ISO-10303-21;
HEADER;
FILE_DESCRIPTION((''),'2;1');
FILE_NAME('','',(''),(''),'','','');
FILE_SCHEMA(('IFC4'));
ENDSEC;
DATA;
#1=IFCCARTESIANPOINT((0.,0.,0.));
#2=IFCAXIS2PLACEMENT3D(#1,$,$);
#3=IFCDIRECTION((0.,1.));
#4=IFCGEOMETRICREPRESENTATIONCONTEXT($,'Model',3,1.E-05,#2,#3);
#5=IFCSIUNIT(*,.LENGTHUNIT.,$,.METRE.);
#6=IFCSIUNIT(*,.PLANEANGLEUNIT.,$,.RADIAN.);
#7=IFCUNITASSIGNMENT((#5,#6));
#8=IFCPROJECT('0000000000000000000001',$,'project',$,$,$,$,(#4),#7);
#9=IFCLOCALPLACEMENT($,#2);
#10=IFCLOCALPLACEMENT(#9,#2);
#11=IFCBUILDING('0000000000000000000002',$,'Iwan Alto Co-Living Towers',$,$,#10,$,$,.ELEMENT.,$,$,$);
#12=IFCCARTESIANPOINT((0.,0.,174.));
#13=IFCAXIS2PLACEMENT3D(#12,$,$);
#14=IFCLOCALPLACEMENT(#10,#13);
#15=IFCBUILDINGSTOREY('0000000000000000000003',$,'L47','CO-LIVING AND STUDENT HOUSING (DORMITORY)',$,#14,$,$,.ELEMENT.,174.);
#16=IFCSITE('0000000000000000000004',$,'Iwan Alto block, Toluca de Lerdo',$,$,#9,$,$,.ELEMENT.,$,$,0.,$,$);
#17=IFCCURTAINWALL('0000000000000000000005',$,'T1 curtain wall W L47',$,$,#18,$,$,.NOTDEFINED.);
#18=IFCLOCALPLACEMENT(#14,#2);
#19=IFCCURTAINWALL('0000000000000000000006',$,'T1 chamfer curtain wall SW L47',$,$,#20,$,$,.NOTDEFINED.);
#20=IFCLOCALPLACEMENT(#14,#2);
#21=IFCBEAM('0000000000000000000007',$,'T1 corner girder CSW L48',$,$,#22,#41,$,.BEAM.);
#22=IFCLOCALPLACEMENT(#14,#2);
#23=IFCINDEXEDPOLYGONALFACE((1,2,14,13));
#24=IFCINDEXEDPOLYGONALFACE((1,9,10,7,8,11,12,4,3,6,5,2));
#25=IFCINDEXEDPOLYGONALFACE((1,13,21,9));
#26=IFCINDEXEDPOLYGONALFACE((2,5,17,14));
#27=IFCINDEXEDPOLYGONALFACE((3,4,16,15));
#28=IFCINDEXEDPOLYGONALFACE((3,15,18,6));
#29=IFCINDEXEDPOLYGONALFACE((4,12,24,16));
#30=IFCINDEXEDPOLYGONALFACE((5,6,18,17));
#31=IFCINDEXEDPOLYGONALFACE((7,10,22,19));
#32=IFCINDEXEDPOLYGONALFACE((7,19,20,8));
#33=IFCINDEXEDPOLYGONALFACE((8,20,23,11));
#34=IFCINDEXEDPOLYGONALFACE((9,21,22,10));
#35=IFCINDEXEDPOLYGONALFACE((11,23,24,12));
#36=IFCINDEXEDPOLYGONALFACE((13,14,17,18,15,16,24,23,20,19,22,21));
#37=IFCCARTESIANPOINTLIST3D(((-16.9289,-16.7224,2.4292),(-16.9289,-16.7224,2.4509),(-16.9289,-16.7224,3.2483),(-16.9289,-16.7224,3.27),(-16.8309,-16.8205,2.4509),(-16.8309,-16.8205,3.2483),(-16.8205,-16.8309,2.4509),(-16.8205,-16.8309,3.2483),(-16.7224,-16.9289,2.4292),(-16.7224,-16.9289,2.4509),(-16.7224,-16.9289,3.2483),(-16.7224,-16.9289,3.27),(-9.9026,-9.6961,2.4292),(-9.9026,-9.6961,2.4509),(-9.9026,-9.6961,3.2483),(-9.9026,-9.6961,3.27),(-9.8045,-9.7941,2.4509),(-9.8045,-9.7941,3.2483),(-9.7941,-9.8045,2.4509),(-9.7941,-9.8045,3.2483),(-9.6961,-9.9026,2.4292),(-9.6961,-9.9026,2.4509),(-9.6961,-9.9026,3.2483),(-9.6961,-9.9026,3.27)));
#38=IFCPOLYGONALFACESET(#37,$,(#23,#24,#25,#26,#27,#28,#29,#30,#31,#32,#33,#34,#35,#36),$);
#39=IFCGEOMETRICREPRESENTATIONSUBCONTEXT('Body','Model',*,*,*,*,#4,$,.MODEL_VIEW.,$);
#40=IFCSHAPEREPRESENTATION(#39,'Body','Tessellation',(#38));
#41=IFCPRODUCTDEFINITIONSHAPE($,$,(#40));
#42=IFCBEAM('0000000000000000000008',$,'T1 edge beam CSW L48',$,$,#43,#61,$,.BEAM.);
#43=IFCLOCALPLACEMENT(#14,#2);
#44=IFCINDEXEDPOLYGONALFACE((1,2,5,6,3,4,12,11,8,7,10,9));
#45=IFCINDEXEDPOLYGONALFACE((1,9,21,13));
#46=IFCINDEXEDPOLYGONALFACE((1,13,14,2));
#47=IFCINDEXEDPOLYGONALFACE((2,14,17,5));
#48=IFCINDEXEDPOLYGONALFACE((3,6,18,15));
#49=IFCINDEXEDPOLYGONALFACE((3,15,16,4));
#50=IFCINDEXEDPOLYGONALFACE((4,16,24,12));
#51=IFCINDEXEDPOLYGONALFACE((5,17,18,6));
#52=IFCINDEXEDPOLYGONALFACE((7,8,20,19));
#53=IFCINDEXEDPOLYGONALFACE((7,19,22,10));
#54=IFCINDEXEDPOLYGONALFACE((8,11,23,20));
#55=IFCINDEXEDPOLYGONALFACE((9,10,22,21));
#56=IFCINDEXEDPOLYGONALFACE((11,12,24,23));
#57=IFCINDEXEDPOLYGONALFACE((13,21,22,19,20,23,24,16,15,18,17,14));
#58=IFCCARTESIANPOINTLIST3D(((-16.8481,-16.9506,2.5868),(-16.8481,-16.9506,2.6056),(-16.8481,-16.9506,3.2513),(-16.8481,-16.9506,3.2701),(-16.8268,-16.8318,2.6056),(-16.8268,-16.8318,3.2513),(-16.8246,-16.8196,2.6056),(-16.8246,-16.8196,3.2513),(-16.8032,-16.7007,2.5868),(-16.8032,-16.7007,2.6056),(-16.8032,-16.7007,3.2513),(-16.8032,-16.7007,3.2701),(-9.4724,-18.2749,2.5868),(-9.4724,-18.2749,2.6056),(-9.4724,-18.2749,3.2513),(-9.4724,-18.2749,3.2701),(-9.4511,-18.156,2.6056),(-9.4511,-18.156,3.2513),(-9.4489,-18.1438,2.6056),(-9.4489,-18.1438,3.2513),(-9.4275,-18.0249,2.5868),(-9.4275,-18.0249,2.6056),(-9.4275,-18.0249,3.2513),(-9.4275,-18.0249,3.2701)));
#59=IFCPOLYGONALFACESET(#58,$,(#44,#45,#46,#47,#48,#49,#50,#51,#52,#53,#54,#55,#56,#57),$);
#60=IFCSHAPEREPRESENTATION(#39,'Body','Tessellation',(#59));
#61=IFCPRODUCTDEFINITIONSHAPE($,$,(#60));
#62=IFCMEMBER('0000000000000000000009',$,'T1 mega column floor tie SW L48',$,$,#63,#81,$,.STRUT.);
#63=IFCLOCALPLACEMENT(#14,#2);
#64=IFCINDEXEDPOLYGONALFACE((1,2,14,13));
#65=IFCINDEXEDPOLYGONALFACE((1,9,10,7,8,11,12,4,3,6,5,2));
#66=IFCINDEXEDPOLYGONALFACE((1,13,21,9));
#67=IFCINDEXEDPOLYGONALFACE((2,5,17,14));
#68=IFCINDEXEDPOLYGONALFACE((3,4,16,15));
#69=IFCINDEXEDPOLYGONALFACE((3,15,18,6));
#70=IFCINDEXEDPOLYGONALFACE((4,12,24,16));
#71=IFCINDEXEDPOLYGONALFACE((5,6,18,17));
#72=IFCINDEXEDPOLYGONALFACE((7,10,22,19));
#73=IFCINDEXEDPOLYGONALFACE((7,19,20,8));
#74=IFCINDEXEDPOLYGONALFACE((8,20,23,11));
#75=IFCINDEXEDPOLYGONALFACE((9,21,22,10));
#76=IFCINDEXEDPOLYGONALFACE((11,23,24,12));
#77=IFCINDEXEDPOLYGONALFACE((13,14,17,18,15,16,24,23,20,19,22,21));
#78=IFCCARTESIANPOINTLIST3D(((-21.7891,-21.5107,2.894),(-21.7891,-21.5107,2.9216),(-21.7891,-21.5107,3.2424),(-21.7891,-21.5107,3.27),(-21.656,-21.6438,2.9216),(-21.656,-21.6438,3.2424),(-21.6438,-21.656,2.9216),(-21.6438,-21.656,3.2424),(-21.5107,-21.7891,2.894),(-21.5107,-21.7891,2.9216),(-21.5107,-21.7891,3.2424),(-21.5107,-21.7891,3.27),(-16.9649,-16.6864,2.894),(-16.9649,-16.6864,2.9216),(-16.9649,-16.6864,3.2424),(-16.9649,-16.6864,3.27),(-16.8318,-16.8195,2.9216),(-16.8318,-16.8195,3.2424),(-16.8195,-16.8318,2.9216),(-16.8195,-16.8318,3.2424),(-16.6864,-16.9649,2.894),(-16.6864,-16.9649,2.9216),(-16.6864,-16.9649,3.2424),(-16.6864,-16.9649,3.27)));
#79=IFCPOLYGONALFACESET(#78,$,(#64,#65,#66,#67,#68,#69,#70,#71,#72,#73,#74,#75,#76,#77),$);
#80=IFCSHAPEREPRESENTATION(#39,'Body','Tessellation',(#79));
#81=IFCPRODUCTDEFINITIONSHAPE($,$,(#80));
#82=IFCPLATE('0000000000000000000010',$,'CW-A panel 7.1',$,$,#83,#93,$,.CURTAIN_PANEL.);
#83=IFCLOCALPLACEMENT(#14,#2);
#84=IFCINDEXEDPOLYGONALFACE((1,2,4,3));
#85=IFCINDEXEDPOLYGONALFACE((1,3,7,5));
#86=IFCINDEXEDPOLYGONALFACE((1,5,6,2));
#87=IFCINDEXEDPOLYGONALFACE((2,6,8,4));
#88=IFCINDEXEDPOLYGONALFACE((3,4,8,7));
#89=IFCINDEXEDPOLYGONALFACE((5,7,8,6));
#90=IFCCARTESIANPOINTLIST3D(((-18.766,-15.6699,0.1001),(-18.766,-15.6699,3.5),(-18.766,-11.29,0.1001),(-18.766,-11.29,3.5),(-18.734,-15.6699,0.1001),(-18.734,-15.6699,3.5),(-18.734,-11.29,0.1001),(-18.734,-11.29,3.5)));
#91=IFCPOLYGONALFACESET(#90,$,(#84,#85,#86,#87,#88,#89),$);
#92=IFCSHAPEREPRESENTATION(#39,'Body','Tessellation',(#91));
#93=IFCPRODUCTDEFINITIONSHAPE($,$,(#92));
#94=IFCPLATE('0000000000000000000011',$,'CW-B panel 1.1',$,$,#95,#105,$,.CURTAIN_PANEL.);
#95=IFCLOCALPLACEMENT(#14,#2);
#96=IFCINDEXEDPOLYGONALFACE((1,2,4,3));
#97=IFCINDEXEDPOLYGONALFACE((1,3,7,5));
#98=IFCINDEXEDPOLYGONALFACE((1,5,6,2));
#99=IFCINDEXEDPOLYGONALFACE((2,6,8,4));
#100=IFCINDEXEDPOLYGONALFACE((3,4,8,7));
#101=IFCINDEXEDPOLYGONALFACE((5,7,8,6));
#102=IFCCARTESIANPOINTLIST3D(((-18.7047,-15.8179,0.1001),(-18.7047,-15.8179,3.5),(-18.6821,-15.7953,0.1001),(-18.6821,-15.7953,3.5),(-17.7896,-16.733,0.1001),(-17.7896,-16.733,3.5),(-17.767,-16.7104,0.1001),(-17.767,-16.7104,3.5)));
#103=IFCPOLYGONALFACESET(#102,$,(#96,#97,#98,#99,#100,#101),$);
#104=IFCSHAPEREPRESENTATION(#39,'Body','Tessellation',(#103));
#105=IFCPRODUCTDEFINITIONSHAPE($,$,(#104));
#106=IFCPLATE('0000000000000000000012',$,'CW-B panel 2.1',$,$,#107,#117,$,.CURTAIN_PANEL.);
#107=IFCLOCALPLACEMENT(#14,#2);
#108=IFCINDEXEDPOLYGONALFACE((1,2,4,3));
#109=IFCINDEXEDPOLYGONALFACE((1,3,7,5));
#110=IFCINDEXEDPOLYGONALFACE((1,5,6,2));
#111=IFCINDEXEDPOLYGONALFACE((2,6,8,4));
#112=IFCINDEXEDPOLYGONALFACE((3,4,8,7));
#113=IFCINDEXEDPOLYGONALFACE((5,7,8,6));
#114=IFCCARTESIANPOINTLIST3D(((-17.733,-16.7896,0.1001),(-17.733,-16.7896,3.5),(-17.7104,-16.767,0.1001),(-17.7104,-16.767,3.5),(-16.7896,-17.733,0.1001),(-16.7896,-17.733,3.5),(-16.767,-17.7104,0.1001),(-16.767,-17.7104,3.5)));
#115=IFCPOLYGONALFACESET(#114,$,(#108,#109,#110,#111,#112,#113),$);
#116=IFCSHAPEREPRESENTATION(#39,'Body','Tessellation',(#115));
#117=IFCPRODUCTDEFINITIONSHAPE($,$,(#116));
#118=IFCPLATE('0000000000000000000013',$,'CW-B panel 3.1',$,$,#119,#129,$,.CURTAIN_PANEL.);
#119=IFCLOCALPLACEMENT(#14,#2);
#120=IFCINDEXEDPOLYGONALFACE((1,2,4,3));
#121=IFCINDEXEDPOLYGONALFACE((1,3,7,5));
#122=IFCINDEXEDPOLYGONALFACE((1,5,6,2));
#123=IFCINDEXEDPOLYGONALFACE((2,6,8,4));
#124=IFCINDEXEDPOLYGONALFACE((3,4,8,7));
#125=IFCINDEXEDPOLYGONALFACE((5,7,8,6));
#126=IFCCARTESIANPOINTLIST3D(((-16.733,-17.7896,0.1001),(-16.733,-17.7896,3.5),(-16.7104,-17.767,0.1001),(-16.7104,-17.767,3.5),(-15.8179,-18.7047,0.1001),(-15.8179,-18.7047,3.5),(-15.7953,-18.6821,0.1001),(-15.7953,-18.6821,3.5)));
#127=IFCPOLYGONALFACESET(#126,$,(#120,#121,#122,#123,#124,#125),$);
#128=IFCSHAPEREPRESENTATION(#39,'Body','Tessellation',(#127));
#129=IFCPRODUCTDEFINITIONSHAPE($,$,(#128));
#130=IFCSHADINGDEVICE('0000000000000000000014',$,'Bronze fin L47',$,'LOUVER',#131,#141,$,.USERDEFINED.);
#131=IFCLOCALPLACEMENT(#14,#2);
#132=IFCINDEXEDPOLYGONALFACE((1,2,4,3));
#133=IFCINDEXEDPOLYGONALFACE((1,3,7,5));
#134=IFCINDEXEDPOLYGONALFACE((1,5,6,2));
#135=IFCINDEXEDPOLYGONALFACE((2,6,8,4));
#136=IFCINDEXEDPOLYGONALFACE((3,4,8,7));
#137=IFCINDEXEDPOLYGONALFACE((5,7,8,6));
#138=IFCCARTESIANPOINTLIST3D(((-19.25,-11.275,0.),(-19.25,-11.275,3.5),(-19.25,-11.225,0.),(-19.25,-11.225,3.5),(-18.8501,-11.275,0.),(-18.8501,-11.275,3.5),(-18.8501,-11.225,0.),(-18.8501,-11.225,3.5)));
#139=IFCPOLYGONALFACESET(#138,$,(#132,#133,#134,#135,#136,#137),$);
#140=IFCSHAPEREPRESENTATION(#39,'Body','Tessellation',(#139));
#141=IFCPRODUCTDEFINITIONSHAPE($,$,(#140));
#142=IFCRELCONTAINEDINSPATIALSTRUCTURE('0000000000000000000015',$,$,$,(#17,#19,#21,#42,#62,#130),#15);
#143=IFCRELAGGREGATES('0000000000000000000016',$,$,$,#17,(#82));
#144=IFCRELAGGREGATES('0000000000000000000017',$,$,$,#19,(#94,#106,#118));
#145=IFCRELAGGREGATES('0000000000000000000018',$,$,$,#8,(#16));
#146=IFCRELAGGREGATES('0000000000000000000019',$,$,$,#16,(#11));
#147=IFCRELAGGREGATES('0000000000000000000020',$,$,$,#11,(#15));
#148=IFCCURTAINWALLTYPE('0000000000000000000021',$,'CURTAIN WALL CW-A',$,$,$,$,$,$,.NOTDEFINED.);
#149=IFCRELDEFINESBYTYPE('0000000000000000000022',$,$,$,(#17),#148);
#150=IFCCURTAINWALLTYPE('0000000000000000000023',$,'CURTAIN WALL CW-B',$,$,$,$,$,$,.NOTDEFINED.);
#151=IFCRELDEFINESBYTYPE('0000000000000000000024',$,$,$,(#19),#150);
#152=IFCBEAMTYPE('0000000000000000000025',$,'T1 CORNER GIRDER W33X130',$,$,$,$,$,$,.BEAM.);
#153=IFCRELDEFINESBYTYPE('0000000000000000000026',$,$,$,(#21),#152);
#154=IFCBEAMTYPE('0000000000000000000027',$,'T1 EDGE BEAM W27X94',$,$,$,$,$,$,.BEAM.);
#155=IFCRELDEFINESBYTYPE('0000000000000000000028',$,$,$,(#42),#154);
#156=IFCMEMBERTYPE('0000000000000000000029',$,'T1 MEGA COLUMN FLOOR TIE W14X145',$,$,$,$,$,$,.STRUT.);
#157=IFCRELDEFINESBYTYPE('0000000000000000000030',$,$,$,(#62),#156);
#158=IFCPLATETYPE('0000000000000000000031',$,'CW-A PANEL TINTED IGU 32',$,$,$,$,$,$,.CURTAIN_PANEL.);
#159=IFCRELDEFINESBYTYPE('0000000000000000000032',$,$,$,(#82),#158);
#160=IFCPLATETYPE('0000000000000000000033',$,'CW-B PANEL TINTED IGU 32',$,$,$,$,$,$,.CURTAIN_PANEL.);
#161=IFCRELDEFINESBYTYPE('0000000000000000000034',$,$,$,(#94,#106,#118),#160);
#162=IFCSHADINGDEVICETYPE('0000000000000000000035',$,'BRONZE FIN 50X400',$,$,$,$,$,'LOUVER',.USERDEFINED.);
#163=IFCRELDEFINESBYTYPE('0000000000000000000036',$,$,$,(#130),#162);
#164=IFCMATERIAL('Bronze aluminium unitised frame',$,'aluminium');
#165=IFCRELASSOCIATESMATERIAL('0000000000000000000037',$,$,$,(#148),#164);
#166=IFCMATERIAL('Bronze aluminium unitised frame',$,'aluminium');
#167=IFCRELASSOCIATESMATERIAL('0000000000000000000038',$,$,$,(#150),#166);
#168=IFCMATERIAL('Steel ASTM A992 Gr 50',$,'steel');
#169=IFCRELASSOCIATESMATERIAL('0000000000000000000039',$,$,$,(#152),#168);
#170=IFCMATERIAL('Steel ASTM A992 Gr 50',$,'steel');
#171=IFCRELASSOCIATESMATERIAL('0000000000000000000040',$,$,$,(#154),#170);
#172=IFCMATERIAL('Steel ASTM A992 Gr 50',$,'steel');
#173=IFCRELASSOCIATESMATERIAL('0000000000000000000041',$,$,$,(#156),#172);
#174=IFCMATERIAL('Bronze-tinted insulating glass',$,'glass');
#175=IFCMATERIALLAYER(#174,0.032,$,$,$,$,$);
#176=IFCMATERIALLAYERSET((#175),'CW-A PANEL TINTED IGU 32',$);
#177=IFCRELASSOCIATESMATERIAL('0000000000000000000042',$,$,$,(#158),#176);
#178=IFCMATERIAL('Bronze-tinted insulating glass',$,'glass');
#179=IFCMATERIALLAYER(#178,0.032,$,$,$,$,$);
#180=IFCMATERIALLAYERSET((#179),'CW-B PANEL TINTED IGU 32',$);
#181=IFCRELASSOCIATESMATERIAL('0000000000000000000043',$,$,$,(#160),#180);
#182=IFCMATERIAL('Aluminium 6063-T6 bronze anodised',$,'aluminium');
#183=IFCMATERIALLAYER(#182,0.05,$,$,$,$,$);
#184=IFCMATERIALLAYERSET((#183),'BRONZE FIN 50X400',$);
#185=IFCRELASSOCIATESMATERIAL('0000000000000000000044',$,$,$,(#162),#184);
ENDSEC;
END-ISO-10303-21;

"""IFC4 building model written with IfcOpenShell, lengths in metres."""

from ifc_helpers import new_model, si_unit, direction, frame, origin, origin_2d, place, context, subcontext, project, spatial, rectangle, i_section, extrude, material, layer, layer_set, material_profile, profile_set, type_object, element, aggregate, save


model = new_model("IFC4")

# Units and contexts
model_context = context("Model", 3, precision=1e-05, world=origin(), true_north=direction((0.0, 1.0)))
body_context = subcontext(model_context, "Body", "Model", "MODEL_VIEW")
ifc_project = project(units=[si_unit("LENGTHUNIT", "METRE"), si_unit("PLANEANGLEUNIT", "RADIAN")], contexts=[model_context])

# Site, building, storey
site_placement = place(None, origin())
site = spatial("IfcSite", under=ifc_project, at=site_placement, Name="Iwan Alto block, Toluca de Lerdo", CompositionType="ELEMENT", RefElevation=0.0)
building_placement = place(site_placement, origin())
building = spatial("IfcBuilding", under=site, at=building_placement, Name="Iwan Alto Co-Living Towers", CompositionType="ELEMENT")
storey_placement = place(building_placement, frame((0.0, 0.0, 174.0)))
storey = spatial("IfcBuildingStorey", under=building, at=storey_placement, Name="L47", Description="CO-LIVING AND STUDENT HOUSING (DORMITORY)", CompositionType="ELEMENT", Elevation=174.0)

# Curtain walls
ifc_material_1 = material(Name="Bronze aluminium unitised frame", Category="aluminium")
curtain_wall_type_1 = type_object("IfcCurtainWallType", Name="CURTAIN WALL CW-A", PredefinedType="NOTDEFINED", material=ifc_material_1)
curtain_wall_1_placement = place(storey_placement, origin())
curtain_wall_1 = element("IfcCurtainWall", 1, at=curtain_wall_1_placement, inside=storey, type_object=curtain_wall_type_1, Name="T1 curtain wall W L47", PredefinedType="NOTDEFINED")
ifc_material_2 = material(Name="Bronze aluminium unitised frame", Category="aluminium")
curtain_wall_type_2 = type_object("IfcCurtainWallType", Name="CURTAIN WALL CW-B", PredefinedType="NOTDEFINED", material=ifc_material_2)
curtain_wall_2_placement = place(storey_placement, origin())
curtain_wall_2 = element("IfcCurtainWall", 2, at=curtain_wall_2_placement, inside=storey, type_object=curtain_wall_type_2, Name="T1 chamfer curtain wall SW L47", PredefinedType="NOTDEFINED")

# Beams
ifc_material_3 = material(Name="Steel ASTM A992 Gr 50", Category="steel")
ifc_material_profile_1 = material_profile(ifc_material_3, i_section(OverallWidth=0.292, OverallDepth=0.8408, WebThickness=0.0146, FlangeThickness=0.0217, at=origin_2d()), Name="W33X130")
ifc_profile_set_1 = profile_set([ifc_material_profile_1], Name="Steel ASTM A992 Gr 50")
beam_type_1 = type_object("IfcBeamType", Name="T1 CORNER GIRDER W33X130", PredefinedType="BEAM", material=ifc_profile_set_1)
beam_1_placement = place(storey_placement, frame((-16.8257, -16.8257, 2.8496), z_axis=(0.707107, 0.707107, 0.0), x_axis=(-0.707107, 0.707107, 0.0)))
element("IfcBeam", 3, at=beam_1_placement, inside=storey, type_object=beam_type_1, Name="T1 corner girder CSW L48", PredefinedType="BEAM", context=body_context, shape_type="SweptSolid", body=[
    extrude(i_section(OverallWidth=0.292, OverallDepth=0.8408, WebThickness=0.0146, FlangeThickness=0.0217, at=origin_2d()), origin(), (0.0, 0.0, 1.0), 9.9368),
])
ifc_material_4 = material(Name="Steel ASTM A992 Gr 50", Category="steel")
ifc_material_profile_2 = material_profile(ifc_material_4, i_section(OverallWidth=0.2539, OverallDepth=0.6833, WebThickness=0.0125, FlangeThickness=0.0188, at=origin_2d()), Name="W27X94")
ifc_profile_set_2 = profile_set([ifc_material_profile_2], Name="Steel ASTM A992 Gr 50")
beam_type_2 = type_object("IfcBeamType", Name="T1 EDGE BEAM W27X94", PredefinedType="BEAM", material=ifc_profile_set_2)
beam_2_placement = place(storey_placement, frame((-16.8257, -16.8257, 2.9285), z_axis=(0.984263, -0.176712, 0.0), x_axis=(0.176712, 0.984263, 0.0)))
element("IfcBeam", 4, at=beam_2_placement, inside=storey, type_object=beam_type_2, Name="T1 edge beam CSW L48", PredefinedType="BEAM", context=body_context, shape_type="SweptSolid", body=[
    extrude(i_section(OverallWidth=0.2539, OverallDepth=0.6833, WebThickness=0.0125, FlangeThickness=0.0188, at=origin_2d()), origin(), (0.0, 0.0, 1.0), 7.4937),
])

# Member
ifc_material_5 = material(Name="Steel ASTM A992 Gr 50", Category="steel")
ifc_material_profile_3 = material_profile(ifc_material_5, i_section(OverallWidth=0.3938, OverallDepth=0.376, WebThickness=0.0173, FlangeThickness=0.0276, at=origin_2d()), Name="W14X145")
ifc_profile_set_3 = profile_set([ifc_material_profile_3], Name="Steel ASTM A992 Gr 50")
member_type_1 = type_object("IfcMemberType", Name="T1 MEGA COLUMN FLOOR TIE W14X145", PredefinedType="STRUT", material=ifc_profile_set_3)
member_1_placement = place(storey_placement, frame((-21.6499, -21.6499, 3.082), z_axis=(0.707107, 0.707107, 0.0), x_axis=(-0.707107, 0.707107, 0.0)))
element("IfcMember", 5, at=member_1_placement, inside=storey, type_object=member_type_1, Name="T1 mega column floor tie SW L48", PredefinedType="STRUT", context=body_context, shape_type="SweptSolid", body=[
    extrude(i_section(OverallWidth=0.3938, OverallDepth=0.376, WebThickness=0.0173, FlangeThickness=0.0276, at=origin_2d()), origin(), (0.0, 0.0, 1.0), 6.8225),
])

# Plates
ifc_material_6 = material(Name="Bronze-tinted insulating glass", Category="glass")
ifc_layer_1 = layer(ifc_material_6, 0.032)
ifc_layer_set_1 = layer_set([ifc_layer_1], Name="CW-A PANEL TINTED IGU 32")
plate_type_1 = type_object("IfcPlateType", Name="CW-A PANEL TINTED IGU 32", PredefinedType="CURTAIN_PANEL", material=ifc_layer_set_1)
plate_1_placement = place(storey_placement, frame((-18.75, -13.48, 0.1001), z_axis=(0.0, 0.0, 1.0), x_axis=(0.0, -1.0, 0.0)))
plate_1 = element("IfcPlate", 6, at=plate_1_placement, type_object=plate_type_1, Name="CW-A panel 7.1", PredefinedType="CURTAIN_PANEL", context=body_context, shape_type="SweptSolid", body=[
    extrude(rectangle(XDim=4.3799, YDim=0.032, at=origin_2d()), origin(), (0.0, 0.0, 1.0), 3.3999),
])
aggregate(curtain_wall_1, [plate_1])
ifc_material_7 = material(Name="Bronze-tinted insulating glass", Category="glass")
ifc_layer_2 = layer(ifc_material_7, 0.032)
ifc_layer_set_2 = layer_set([ifc_layer_2], Name="CW-B PANEL TINTED IGU 32")
plate_type_2 = type_object("IfcPlateType", Name="CW-B PANEL TINTED IGU 32", PredefinedType="CURTAIN_PANEL", material=ifc_layer_set_2)
plate_2_placement = place(storey_placement, frame((-18.2358, -16.2642, 0.1001), z_axis=(0.0, 0.0, 1.0), x_axis=(0.707107, -0.707107, 0.0)))
plate_2 = element("IfcPlate", 7, at=plate_2_placement, type_object=plate_type_2, Name="CW-B panel 1.1", PredefinedType="CURTAIN_PANEL", context=body_context, shape_type="SweptSolid", body=[
    extrude(rectangle(XDim=1.2942, YDim=0.032, at=origin_2d()), origin(), (0.0, 0.0, 1.0), 3.3999),
])
plate_3_placement = place(storey_placement, frame((-17.25, -17.25, 0.1001), z_axis=(0.0, 0.0, 1.0), x_axis=(0.707107, -0.707107, 0.0)))
plate_3 = element("IfcPlate", 8, at=plate_3_placement, type_object=plate_type_2, Name="CW-B panel 2.1", PredefinedType="CURTAIN_PANEL", context=body_context, shape_type="SweptSolid", body=[
    extrude(rectangle(XDim=1.3342, YDim=0.032, at=origin_2d()), origin(), (0.0, 0.0, 1.0), 3.3999),
])
plate_4_placement = place(storey_placement, frame((-16.2642, -18.2358, 0.1001), z_axis=(0.0, 0.0, 1.0), x_axis=(0.707107, -0.707107, 0.0)))
plate_4 = element("IfcPlate", 9, at=plate_4_placement, type_object=plate_type_2, Name="CW-B panel 3.1", PredefinedType="CURTAIN_PANEL", context=body_context, shape_type="SweptSolid", body=[
    extrude(rectangle(XDim=1.2942, YDim=0.032, at=origin_2d()), origin(), (0.0, 0.0, 1.0), 3.3999),
])
aggregate(curtain_wall_2, [plate_2, plate_3, plate_4])

# Shading device
ifc_material_8 = material(Name="Aluminium 6063-T6 bronze anodised", Category="aluminium")
ifc_layer_3 = layer(ifc_material_8, 0.05)
ifc_layer_set_3 = layer_set([ifc_layer_3], Name="BRONZE FIN 50X400")
shading_device_type = type_object("IfcShadingDeviceType", Name="BRONZE FIN 50X400", ElementType="LOUVER", PredefinedType="USERDEFINED", material=ifc_layer_set_3)
shading_device_placement = place(storey_placement, frame((-19.05, -11.25, 0.0), z_axis=(0.0, 0.0, 1.0), x_axis=(0.0, -1.0, 0.0)))
element("IfcShadingDevice", 10, at=shading_device_placement, inside=storey, type_object=shading_device_type, Name="Bronze fin L47", ObjectType="LOUVER", PredefinedType="USERDEFINED", context=body_context, shape_type="SweptSolid", body=[
    extrude(rectangle(XDim=0.05, YDim=0.3999, at=origin_2d()), origin(), (0.0, 0.0, 1.0), 3.5),
])

save(model, "model.ifc")
